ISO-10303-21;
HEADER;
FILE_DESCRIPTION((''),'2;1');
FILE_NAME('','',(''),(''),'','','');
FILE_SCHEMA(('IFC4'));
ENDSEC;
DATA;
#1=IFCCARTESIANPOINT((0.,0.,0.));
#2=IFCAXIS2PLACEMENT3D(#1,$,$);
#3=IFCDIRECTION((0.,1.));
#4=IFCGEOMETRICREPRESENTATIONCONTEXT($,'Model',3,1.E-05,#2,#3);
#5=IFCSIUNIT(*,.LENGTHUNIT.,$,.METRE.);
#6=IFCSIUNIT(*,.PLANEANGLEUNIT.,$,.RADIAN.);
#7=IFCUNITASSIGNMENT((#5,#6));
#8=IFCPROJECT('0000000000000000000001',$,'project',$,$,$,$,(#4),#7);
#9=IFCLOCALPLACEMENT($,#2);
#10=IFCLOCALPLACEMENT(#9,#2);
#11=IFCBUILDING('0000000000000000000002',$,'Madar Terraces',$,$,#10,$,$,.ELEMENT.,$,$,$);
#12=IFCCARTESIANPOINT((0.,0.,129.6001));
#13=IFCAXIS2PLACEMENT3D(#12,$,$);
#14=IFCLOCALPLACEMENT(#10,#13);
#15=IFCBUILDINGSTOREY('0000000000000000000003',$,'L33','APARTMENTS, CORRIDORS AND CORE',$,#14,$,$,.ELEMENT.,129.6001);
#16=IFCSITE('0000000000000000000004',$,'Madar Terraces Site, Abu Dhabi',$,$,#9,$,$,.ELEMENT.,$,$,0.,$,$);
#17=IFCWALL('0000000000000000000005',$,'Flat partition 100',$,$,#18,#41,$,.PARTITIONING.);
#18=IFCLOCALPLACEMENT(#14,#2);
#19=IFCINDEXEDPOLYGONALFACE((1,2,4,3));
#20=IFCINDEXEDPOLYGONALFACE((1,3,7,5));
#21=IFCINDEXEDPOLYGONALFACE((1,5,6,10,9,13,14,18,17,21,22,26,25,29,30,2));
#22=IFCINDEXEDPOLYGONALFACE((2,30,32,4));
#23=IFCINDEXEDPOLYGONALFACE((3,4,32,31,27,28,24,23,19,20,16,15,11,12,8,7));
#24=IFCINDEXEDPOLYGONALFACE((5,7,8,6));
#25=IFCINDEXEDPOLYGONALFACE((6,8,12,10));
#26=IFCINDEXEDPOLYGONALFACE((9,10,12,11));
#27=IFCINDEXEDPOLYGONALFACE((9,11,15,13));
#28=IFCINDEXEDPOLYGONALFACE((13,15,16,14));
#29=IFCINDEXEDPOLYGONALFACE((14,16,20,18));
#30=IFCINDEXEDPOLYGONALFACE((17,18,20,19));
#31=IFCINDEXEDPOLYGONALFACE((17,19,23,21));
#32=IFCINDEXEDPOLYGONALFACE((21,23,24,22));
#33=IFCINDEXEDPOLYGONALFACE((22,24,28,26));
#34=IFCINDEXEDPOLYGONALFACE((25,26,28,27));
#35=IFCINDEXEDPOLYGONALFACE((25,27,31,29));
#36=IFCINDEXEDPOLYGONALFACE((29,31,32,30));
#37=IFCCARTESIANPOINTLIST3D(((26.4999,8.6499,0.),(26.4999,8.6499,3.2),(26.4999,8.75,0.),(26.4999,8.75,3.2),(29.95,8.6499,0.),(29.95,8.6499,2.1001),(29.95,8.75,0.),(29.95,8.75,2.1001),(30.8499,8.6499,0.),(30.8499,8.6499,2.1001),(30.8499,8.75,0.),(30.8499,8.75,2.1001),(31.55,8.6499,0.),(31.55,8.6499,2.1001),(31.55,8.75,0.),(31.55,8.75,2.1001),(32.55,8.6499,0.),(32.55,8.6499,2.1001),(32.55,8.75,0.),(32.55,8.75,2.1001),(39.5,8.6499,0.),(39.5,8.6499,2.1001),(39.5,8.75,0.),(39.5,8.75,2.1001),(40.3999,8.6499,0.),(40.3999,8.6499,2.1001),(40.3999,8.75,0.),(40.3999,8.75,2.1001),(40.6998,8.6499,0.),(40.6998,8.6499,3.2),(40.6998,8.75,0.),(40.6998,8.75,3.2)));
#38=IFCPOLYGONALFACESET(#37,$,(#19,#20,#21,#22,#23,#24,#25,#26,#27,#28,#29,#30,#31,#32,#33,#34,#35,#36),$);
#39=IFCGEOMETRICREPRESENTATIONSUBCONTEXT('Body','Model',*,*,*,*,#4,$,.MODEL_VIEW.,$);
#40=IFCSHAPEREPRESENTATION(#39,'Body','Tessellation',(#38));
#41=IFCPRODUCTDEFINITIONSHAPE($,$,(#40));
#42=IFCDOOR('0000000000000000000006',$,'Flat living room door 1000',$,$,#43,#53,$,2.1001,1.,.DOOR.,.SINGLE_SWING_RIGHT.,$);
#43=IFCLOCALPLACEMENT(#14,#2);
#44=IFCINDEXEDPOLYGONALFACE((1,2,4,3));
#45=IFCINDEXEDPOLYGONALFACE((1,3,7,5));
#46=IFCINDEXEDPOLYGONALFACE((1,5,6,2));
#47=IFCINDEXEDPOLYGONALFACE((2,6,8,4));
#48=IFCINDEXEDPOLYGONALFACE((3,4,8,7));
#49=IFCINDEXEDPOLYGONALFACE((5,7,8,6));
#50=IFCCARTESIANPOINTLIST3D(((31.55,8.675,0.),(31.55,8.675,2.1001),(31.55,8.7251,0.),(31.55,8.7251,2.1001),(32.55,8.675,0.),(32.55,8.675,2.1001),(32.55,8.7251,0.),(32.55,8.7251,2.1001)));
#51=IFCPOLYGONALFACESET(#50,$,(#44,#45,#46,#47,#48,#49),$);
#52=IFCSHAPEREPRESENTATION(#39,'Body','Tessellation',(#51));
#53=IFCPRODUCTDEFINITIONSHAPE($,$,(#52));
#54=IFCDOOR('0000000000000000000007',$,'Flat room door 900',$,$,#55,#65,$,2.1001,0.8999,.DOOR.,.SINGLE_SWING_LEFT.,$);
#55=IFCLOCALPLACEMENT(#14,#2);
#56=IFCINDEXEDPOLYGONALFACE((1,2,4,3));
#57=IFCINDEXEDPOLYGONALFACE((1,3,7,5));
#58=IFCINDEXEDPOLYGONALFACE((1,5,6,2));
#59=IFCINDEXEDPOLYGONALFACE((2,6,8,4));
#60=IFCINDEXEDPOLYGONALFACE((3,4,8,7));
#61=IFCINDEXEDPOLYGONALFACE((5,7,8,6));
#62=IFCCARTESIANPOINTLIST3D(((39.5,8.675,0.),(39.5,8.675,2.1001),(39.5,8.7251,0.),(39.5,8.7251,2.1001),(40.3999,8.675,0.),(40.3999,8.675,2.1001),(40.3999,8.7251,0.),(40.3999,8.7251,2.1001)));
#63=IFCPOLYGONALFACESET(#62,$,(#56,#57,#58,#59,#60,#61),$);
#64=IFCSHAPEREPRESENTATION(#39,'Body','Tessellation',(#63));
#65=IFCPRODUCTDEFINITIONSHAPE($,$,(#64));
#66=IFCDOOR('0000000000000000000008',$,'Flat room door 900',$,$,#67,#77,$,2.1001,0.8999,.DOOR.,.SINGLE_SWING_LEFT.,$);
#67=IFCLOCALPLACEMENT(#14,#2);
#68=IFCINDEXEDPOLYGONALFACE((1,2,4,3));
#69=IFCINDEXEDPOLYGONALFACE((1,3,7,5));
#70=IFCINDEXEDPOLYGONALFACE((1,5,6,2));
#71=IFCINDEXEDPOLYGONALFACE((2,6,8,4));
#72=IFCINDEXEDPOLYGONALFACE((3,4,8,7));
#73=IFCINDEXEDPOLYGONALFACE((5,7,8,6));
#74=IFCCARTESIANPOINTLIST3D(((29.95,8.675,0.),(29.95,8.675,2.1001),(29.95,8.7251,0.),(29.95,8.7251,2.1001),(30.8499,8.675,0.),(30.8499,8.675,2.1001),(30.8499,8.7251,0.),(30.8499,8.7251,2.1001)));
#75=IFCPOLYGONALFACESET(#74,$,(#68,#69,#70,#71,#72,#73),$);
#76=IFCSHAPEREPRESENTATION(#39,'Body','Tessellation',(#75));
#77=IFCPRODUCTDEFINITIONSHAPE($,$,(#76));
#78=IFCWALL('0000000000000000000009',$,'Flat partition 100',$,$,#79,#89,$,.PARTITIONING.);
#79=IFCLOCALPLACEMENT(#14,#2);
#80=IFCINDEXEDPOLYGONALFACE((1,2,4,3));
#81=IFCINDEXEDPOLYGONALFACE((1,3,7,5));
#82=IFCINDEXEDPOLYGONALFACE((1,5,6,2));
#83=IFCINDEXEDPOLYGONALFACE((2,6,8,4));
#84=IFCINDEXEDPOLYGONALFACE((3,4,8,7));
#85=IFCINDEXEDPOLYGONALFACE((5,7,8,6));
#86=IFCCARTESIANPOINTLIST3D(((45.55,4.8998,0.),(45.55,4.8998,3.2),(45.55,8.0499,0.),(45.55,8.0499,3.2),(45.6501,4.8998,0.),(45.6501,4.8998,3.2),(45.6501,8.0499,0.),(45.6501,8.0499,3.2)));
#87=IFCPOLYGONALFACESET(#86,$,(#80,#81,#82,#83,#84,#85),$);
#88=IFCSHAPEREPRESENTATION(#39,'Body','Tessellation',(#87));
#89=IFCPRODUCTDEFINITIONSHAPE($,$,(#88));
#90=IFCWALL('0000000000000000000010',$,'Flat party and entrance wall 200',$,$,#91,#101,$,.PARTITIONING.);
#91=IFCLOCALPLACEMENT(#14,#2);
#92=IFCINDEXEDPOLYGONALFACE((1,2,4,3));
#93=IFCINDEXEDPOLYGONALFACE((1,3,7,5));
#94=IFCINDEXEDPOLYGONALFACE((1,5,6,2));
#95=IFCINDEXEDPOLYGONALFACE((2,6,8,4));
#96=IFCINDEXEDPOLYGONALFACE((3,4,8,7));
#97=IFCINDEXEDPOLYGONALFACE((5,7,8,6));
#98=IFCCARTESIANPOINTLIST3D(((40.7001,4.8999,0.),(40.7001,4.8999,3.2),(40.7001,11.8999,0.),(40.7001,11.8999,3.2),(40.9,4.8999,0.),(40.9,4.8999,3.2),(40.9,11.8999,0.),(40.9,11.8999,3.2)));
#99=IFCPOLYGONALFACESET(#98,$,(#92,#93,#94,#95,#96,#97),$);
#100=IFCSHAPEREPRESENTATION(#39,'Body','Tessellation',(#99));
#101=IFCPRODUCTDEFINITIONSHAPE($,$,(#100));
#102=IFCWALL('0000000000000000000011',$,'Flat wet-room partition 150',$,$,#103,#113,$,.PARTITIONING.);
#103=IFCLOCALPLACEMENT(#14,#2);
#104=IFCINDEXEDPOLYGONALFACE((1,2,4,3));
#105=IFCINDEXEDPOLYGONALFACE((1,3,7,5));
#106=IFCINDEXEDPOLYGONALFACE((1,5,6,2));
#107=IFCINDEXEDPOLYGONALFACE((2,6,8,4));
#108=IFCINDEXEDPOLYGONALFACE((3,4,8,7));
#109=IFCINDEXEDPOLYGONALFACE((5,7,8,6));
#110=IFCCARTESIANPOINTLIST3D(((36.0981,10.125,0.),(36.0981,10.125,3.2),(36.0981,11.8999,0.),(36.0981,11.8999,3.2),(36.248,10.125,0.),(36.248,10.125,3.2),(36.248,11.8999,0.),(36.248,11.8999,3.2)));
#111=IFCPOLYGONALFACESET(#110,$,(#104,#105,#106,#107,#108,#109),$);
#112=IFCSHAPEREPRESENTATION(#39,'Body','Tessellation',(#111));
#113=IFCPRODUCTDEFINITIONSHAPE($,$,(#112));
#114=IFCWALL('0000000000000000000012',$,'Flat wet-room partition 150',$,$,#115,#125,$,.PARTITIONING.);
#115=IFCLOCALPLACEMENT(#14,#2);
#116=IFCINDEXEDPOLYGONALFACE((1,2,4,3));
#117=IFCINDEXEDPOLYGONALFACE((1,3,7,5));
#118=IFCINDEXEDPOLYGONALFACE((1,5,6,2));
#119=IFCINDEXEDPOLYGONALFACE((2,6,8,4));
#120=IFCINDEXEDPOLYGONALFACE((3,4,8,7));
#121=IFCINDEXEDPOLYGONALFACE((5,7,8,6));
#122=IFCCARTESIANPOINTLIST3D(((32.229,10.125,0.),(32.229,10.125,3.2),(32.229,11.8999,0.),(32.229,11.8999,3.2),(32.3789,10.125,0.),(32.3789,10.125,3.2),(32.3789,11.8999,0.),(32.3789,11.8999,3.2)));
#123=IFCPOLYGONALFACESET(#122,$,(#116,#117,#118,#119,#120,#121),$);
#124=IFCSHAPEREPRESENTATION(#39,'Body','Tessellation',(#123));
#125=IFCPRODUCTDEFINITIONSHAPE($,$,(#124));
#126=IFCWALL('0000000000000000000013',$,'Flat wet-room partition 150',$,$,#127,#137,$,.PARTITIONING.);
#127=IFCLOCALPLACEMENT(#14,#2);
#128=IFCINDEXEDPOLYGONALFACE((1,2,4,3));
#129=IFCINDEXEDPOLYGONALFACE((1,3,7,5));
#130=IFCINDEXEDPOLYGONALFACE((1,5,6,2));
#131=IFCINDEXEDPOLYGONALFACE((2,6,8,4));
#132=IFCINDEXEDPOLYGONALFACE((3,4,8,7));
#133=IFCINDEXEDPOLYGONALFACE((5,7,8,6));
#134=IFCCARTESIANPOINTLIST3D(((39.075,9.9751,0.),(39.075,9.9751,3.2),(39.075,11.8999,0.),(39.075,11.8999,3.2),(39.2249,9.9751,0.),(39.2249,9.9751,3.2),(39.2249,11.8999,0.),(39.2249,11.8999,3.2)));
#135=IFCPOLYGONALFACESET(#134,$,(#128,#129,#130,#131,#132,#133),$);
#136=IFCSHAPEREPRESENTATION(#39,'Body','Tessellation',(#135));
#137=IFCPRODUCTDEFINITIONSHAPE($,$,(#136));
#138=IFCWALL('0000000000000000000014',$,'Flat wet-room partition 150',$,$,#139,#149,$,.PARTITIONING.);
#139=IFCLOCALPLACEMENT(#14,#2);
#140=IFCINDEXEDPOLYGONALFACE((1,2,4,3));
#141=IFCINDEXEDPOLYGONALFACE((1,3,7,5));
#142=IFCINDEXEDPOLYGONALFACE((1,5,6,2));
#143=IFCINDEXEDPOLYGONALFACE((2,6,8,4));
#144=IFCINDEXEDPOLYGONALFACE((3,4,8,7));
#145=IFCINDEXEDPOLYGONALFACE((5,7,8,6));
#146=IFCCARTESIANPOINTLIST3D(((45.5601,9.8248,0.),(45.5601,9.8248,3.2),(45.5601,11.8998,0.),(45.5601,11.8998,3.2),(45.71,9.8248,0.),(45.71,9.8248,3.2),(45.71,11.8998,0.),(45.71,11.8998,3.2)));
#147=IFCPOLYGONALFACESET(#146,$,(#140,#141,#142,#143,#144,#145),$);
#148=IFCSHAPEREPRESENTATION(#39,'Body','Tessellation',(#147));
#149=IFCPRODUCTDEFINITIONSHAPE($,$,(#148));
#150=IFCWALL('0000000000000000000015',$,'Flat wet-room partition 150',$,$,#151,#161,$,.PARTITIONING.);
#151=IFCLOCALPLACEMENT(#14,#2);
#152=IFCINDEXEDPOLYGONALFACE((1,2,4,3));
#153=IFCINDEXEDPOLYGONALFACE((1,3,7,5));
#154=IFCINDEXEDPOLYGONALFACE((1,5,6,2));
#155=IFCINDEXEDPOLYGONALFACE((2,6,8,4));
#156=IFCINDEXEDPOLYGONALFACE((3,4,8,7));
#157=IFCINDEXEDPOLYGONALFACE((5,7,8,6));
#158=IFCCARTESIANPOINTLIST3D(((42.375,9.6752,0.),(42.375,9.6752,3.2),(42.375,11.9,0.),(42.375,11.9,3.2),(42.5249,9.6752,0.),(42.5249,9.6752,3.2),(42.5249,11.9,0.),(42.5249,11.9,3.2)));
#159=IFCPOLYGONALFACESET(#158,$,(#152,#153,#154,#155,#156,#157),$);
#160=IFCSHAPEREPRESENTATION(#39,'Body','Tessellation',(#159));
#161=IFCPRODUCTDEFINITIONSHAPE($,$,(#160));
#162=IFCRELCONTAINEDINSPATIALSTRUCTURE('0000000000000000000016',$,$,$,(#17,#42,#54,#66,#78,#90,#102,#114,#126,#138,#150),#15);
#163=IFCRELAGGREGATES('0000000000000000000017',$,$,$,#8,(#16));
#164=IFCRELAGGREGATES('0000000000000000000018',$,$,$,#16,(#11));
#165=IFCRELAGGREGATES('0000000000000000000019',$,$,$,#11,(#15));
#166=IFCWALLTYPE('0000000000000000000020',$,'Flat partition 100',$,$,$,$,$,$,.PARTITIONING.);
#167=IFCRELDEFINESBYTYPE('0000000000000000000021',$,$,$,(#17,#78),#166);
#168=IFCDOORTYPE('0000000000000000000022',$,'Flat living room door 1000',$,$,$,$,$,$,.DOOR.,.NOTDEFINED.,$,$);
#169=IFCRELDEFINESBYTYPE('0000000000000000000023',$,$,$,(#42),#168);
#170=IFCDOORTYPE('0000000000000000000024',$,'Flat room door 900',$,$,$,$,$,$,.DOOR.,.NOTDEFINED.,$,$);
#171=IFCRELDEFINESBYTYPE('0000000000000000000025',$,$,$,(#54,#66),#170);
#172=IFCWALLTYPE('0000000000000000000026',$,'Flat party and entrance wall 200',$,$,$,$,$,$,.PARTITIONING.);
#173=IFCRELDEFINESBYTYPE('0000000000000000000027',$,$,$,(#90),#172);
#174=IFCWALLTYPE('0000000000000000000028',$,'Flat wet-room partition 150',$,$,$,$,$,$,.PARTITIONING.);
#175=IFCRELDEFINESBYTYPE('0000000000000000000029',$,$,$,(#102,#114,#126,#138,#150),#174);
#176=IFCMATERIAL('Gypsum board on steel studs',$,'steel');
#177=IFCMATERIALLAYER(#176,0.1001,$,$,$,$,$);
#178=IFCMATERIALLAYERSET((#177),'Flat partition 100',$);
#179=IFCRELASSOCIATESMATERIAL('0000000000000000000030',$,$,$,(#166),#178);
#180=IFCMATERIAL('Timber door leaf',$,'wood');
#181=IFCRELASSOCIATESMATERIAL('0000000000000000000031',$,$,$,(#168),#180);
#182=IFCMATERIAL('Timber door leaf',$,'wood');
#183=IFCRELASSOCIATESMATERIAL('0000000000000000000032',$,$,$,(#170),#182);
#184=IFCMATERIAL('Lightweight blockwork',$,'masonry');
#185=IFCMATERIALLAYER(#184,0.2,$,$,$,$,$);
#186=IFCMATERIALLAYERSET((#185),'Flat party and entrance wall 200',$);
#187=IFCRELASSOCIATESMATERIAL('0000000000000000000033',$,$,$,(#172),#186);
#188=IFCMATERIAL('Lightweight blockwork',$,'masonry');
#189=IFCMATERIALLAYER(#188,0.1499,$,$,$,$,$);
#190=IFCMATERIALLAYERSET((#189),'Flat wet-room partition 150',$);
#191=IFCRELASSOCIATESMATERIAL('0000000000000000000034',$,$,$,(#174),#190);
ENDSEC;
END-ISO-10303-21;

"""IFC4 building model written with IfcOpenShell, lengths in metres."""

from ifc_helpers import new_model, si_unit, direction, frame, frame_2d, origin, place, context, subcontext, project, spatial, rectangle, extrude, material, layer, layer_set, type_object, element, fill, save


model = new_model("IFC4")

# Units and contexts
model_context = context("Model", 3, precision=1e-05, world=origin(), true_north=direction((0.0, 1.0)))
body_context = subcontext(model_context, "Body", "Model", "MODEL_VIEW")
ifc_project = project(units=[si_unit("LENGTHUNIT", "METRE"), si_unit("PLANEANGLEUNIT", "RADIAN")], contexts=[model_context])

# Site, building, storey
site_placement = place(None, origin())
site = spatial("IfcSite", under=ifc_project, at=site_placement, Name="Madar Terraces Site, Abu Dhabi", CompositionType="ELEMENT", RefElevation=0.0)
building_placement = place(site_placement, origin())
building = spatial("IfcBuilding", under=site, at=building_placement, Name="Madar Terraces", CompositionType="ELEMENT")
storey_placement = place(building_placement, frame((0.0, 0.0, 129.6001)))
storey = spatial("IfcBuildingStorey", under=building, at=storey_placement, Name="L33", Description="APARTMENTS, CORRIDORS AND CORE", CompositionType="ELEMENT", Elevation=129.6001)

# Shared definitions
ifc_material_1 = material(Name="Gypsum board on steel studs", Category="steel")
ifc_layer_1 = layer(ifc_material_1, 0.1001)
ifc_layer_set_1 = layer_set([ifc_layer_1], Name="Flat partition 100")
wall_type_1 = type_object("IfcWallType", Name="Flat partition 100", PredefinedType="PARTITIONING", material=ifc_layer_set_1)

# Wall, openings, doors
wall_1_placement = place(storey_placement, frame((40.7, 8.7, 0.0), z_axis=(0.0, 0.0, 1.0), x_axis=(-1.0, 0.0, 0.0)))
wall_1 = element("IfcWall", 1, at=wall_1_placement, inside=storey, type_object=wall_type_1, Name="Flat partition 100", PredefinedType="PARTITIONING", context=body_context, shape_type="SweptSolid", body=[
    extrude(rectangle(XDim=14.2, YDim=0.1001, at=frame_2d((7.1001, 0.0))), origin(), (0.0, 0.0, 1.0), 3.2),
])
opening_1_placement = place(wall_1_placement, frame((0.3, 0.0, 0.0)))
opening_1 = element("IfcOpeningElement", 2, at=opening_1_placement, cuts=wall_1, PredefinedType="OPENING", context=body_context, shape_type="SweptSolid", body=[
    extrude(rectangle(XDim=0.8999, YDim=2.1001, at=frame_2d((0.45, 1.05))), frame((0.0, 0.0601, 0.0), z_axis=(0.0, -1.0, 0.0), x_axis=(1.0, 0.0, 0.0)), (0.0, 0.0, 1.0), 0.1201),
])
opening_2_placement = place(wall_1_placement, frame((8.1499, 0.0, 0.0)))
opening_2 = element("IfcOpeningElement", 3, at=opening_2_placement, cuts=wall_1, PredefinedType="OPENING", context=body_context, shape_type="SweptSolid", body=[
    extrude(rectangle(XDim=1.0, YDim=2.1001, at=frame_2d((0.5, 1.05))), frame((0.0, 0.0601, 0.0), z_axis=(0.0, -1.0, 0.0), x_axis=(1.0, 0.0, 0.0)), (0.0, 0.0, 1.0), 0.1201),
])
opening_3_placement = place(wall_1_placement, frame((9.8501, 0.0, 0.0)))
opening_3 = element("IfcOpeningElement", 4, at=opening_3_placement, cuts=wall_1, PredefinedType="OPENING", context=body_context, shape_type="SweptSolid", body=[
    extrude(rectangle(XDim=0.8999, YDim=2.1001, at=frame_2d((0.45, 1.05))), frame((0.0, 0.0601, 0.0), z_axis=(0.0, -1.0, 0.0), x_axis=(1.0, 0.0, 0.0)), (0.0, 0.0, 1.0), 0.1201),
])
ifc_material_2 = material(Name="Timber door leaf", Category="wood")
door_type_1 = type_object("IfcDoorType", Name="Flat living room door 1000", OperationType="NOTDEFINED", PredefinedType="DOOR", material=ifc_material_2)
door_1_placement = place(opening_2_placement, origin())
door_1 = element("IfcDoor", 5, at=door_1_placement, inside=storey, type_object=door_type_1, Name="Flat living room door 1000", OperationType="SINGLE_SWING_RIGHT", OverallHeight=2.1001, OverallWidth=1.0, PredefinedType="DOOR", context=body_context, shape_type="SweptSolid", body=[
    extrude(rectangle(XDim=1.0, YDim=2.1001, at=frame_2d((0.5, 1.05))), frame((0.0, 0.0249, 0.0), z_axis=(0.0, -1.0, 0.0), x_axis=(1.0, 0.0, 0.0)), (0.0, 0.0, 1.0), 0.05),
])
fill(opening_2, door_1)
ifc_material_3 = material(Name="Timber door leaf", Category="wood")
door_type_2 = type_object("IfcDoorType", Name="Flat room door 900", OperationType="NOTDEFINED", PredefinedType="DOOR", material=ifc_material_3)
door_2_placement = place(opening_1_placement, origin())
door_2 = element("IfcDoor", 6, at=door_2_placement, inside=storey, type_object=door_type_2, Name="Flat room door 900", OperationType="SINGLE_SWING_LEFT", OverallHeight=2.1001, OverallWidth=0.8999, PredefinedType="DOOR", context=body_context, shape_type="SweptSolid", body=[
    extrude(rectangle(XDim=0.8999, YDim=2.1001, at=frame_2d((0.45, 1.05))), frame((0.0, 0.0249, 0.0), z_axis=(0.0, -1.0, 0.0), x_axis=(1.0, 0.0, 0.0)), (0.0, 0.0, 1.0), 0.05),
])
fill(opening_1, door_2)
door_3_placement = place(opening_3_placement, origin())
door_3 = element("IfcDoor", 7, at=door_3_placement, inside=storey, type_object=door_type_2, Name="Flat room door 900", OperationType="SINGLE_SWING_LEFT", OverallHeight=2.1001, OverallWidth=0.8999, PredefinedType="DOOR", context=body_context, shape_type="SweptSolid", body=[
    extrude(rectangle(XDim=0.8999, YDim=2.1001, at=frame_2d((0.45, 1.05))), frame((0.0, 0.0249, 0.0), z_axis=(0.0, -1.0, 0.0), x_axis=(1.0, 0.0, 0.0)), (0.0, 0.0, 1.0), 0.05),
])
fill(opening_3, door_3)

# Walls
wall_2_placement = place(storey_placement, frame((45.6001, 8.05, 0.0), z_axis=(0.0, 0.0, 1.0), x_axis=(0.0, -1.0, 0.0)))
element("IfcWall", 8, at=wall_2_placement, inside=storey, type_object=wall_type_1, Name="Flat partition 100", PredefinedType="PARTITIONING", context=body_context, shape_type="SweptSolid", body=[
    extrude(rectangle(XDim=3.1501, YDim=0.1001, at=frame_2d((1.5752, 0.0))), origin(), (0.0, 0.0, 1.0), 3.2),
])
ifc_material_4 = material(Name="Lightweight blockwork", Category="masonry")
ifc_layer_2 = layer(ifc_material_4, 0.2)
ifc_layer_set_2 = layer_set([ifc_layer_2], Name="Flat party and entrance wall 200")
wall_type_2 = type_object("IfcWallType", Name="Flat party and entrance wall 200", PredefinedType="PARTITIONING", material=ifc_layer_set_2)
wall_3_placement = place(storey_placement, frame((40.8, 11.8999, 0.0), z_axis=(0.0, 0.0, 1.0), x_axis=(0.0, -1.0, 0.0)))
element("IfcWall", 9, at=wall_3_placement, inside=storey, type_object=wall_type_2, Name="Flat party and entrance wall 200", PredefinedType="PARTITIONING", context=body_context, shape_type="SweptSolid", body=[
    extrude(rectangle(XDim=7.0, YDim=0.2, at=frame_2d((3.5, 0.0))), origin(), (0.0, 0.0, 1.0), 3.2),
])
ifc_material_5 = material(Name="Lightweight blockwork", Category="masonry")
ifc_layer_3 = layer(ifc_material_5, 0.1499)
ifc_layer_set_3 = layer_set([ifc_layer_3], Name="Flat wet-room partition 150")
wall_type_3 = type_object("IfcWallType", Name="Flat wet-room partition 150", PredefinedType="PARTITIONING", material=ifc_layer_set_3)
for number, where, z_axis, x_axis, name in (
    (10, (36.1731, 11.8999, 0.0), (0.0, 0.0, 1.0), (0.0, -1.0, 0.0), "Flat wet-room partition 150"),
    (11, (32.304, 11.8999, 0.0), (0.0, 0.0, 1.0), (0.0, -1.0, 0.0), "Flat wet-room partition 150"),
):
    element("IfcWall", number, at=place(storey_placement, frame(where, z_axis=z_axis, x_axis=x_axis)), inside=storey, type_object=wall_type_3, Name=name, PredefinedType="PARTITIONING", context=body_context, shape_type="SweptSolid", body=[
        extrude(rectangle(XDim=1.7749, YDim=0.1499, at=frame_2d((0.8875, 0.0))), origin(), (0.0, 0.0, 1.0), 3.2),
    ])
wall_4_placement = place(storey_placement, frame((39.1499, 11.8999, 0.0), z_axis=(0.0, 0.0, 1.0), x_axis=(0.0, -1.0, 0.0)))
element("IfcWall", 12, at=wall_4_placement, inside=storey, type_object=wall_type_3, Name="Flat wet-room partition 150", PredefinedType="PARTITIONING", context=body_context, shape_type="SweptSolid", body=[
    extrude(rectangle(XDim=1.9248, YDim=0.1499, at=frame_2d((0.9624, 0.0))), origin(), (0.0, 0.0, 1.0), 3.2),
])
wall_5_placement = place(storey_placement, frame((45.635, 11.8999, 0.0), z_axis=(0.0, 0.0, 1.0), x_axis=(0.0, -1.0, 0.0)))
element("IfcWall", 13, at=wall_5_placement, inside=storey, type_object=wall_type_3, Name="Flat wet-room partition 150", PredefinedType="PARTITIONING", context=body_context, shape_type="SweptSolid", body=[
    extrude(rectangle(XDim=2.075, YDim=0.1499, at=frame_2d((1.0376, 0.0))), origin(), (0.0, 0.0, 1.0), 3.2),
])
wall_6_placement = place(storey_placement, frame((42.45, 11.8999, 0.0), z_axis=(0.0, 0.0, 1.0), x_axis=(0.0, -1.0, 0.0)))
element("IfcWall", 14, at=wall_6_placement, inside=storey, type_object=wall_type_3, Name="Flat wet-room partition 150", PredefinedType="PARTITIONING", context=body_context, shape_type="SweptSolid", body=[
    extrude(rectangle(XDim=2.2249, YDim=0.1499, at=frame_2d((1.1123, 0.0))), origin(), (0.0, 0.0, 1.0), 3.2),
])

save(model, "model.ifc")
